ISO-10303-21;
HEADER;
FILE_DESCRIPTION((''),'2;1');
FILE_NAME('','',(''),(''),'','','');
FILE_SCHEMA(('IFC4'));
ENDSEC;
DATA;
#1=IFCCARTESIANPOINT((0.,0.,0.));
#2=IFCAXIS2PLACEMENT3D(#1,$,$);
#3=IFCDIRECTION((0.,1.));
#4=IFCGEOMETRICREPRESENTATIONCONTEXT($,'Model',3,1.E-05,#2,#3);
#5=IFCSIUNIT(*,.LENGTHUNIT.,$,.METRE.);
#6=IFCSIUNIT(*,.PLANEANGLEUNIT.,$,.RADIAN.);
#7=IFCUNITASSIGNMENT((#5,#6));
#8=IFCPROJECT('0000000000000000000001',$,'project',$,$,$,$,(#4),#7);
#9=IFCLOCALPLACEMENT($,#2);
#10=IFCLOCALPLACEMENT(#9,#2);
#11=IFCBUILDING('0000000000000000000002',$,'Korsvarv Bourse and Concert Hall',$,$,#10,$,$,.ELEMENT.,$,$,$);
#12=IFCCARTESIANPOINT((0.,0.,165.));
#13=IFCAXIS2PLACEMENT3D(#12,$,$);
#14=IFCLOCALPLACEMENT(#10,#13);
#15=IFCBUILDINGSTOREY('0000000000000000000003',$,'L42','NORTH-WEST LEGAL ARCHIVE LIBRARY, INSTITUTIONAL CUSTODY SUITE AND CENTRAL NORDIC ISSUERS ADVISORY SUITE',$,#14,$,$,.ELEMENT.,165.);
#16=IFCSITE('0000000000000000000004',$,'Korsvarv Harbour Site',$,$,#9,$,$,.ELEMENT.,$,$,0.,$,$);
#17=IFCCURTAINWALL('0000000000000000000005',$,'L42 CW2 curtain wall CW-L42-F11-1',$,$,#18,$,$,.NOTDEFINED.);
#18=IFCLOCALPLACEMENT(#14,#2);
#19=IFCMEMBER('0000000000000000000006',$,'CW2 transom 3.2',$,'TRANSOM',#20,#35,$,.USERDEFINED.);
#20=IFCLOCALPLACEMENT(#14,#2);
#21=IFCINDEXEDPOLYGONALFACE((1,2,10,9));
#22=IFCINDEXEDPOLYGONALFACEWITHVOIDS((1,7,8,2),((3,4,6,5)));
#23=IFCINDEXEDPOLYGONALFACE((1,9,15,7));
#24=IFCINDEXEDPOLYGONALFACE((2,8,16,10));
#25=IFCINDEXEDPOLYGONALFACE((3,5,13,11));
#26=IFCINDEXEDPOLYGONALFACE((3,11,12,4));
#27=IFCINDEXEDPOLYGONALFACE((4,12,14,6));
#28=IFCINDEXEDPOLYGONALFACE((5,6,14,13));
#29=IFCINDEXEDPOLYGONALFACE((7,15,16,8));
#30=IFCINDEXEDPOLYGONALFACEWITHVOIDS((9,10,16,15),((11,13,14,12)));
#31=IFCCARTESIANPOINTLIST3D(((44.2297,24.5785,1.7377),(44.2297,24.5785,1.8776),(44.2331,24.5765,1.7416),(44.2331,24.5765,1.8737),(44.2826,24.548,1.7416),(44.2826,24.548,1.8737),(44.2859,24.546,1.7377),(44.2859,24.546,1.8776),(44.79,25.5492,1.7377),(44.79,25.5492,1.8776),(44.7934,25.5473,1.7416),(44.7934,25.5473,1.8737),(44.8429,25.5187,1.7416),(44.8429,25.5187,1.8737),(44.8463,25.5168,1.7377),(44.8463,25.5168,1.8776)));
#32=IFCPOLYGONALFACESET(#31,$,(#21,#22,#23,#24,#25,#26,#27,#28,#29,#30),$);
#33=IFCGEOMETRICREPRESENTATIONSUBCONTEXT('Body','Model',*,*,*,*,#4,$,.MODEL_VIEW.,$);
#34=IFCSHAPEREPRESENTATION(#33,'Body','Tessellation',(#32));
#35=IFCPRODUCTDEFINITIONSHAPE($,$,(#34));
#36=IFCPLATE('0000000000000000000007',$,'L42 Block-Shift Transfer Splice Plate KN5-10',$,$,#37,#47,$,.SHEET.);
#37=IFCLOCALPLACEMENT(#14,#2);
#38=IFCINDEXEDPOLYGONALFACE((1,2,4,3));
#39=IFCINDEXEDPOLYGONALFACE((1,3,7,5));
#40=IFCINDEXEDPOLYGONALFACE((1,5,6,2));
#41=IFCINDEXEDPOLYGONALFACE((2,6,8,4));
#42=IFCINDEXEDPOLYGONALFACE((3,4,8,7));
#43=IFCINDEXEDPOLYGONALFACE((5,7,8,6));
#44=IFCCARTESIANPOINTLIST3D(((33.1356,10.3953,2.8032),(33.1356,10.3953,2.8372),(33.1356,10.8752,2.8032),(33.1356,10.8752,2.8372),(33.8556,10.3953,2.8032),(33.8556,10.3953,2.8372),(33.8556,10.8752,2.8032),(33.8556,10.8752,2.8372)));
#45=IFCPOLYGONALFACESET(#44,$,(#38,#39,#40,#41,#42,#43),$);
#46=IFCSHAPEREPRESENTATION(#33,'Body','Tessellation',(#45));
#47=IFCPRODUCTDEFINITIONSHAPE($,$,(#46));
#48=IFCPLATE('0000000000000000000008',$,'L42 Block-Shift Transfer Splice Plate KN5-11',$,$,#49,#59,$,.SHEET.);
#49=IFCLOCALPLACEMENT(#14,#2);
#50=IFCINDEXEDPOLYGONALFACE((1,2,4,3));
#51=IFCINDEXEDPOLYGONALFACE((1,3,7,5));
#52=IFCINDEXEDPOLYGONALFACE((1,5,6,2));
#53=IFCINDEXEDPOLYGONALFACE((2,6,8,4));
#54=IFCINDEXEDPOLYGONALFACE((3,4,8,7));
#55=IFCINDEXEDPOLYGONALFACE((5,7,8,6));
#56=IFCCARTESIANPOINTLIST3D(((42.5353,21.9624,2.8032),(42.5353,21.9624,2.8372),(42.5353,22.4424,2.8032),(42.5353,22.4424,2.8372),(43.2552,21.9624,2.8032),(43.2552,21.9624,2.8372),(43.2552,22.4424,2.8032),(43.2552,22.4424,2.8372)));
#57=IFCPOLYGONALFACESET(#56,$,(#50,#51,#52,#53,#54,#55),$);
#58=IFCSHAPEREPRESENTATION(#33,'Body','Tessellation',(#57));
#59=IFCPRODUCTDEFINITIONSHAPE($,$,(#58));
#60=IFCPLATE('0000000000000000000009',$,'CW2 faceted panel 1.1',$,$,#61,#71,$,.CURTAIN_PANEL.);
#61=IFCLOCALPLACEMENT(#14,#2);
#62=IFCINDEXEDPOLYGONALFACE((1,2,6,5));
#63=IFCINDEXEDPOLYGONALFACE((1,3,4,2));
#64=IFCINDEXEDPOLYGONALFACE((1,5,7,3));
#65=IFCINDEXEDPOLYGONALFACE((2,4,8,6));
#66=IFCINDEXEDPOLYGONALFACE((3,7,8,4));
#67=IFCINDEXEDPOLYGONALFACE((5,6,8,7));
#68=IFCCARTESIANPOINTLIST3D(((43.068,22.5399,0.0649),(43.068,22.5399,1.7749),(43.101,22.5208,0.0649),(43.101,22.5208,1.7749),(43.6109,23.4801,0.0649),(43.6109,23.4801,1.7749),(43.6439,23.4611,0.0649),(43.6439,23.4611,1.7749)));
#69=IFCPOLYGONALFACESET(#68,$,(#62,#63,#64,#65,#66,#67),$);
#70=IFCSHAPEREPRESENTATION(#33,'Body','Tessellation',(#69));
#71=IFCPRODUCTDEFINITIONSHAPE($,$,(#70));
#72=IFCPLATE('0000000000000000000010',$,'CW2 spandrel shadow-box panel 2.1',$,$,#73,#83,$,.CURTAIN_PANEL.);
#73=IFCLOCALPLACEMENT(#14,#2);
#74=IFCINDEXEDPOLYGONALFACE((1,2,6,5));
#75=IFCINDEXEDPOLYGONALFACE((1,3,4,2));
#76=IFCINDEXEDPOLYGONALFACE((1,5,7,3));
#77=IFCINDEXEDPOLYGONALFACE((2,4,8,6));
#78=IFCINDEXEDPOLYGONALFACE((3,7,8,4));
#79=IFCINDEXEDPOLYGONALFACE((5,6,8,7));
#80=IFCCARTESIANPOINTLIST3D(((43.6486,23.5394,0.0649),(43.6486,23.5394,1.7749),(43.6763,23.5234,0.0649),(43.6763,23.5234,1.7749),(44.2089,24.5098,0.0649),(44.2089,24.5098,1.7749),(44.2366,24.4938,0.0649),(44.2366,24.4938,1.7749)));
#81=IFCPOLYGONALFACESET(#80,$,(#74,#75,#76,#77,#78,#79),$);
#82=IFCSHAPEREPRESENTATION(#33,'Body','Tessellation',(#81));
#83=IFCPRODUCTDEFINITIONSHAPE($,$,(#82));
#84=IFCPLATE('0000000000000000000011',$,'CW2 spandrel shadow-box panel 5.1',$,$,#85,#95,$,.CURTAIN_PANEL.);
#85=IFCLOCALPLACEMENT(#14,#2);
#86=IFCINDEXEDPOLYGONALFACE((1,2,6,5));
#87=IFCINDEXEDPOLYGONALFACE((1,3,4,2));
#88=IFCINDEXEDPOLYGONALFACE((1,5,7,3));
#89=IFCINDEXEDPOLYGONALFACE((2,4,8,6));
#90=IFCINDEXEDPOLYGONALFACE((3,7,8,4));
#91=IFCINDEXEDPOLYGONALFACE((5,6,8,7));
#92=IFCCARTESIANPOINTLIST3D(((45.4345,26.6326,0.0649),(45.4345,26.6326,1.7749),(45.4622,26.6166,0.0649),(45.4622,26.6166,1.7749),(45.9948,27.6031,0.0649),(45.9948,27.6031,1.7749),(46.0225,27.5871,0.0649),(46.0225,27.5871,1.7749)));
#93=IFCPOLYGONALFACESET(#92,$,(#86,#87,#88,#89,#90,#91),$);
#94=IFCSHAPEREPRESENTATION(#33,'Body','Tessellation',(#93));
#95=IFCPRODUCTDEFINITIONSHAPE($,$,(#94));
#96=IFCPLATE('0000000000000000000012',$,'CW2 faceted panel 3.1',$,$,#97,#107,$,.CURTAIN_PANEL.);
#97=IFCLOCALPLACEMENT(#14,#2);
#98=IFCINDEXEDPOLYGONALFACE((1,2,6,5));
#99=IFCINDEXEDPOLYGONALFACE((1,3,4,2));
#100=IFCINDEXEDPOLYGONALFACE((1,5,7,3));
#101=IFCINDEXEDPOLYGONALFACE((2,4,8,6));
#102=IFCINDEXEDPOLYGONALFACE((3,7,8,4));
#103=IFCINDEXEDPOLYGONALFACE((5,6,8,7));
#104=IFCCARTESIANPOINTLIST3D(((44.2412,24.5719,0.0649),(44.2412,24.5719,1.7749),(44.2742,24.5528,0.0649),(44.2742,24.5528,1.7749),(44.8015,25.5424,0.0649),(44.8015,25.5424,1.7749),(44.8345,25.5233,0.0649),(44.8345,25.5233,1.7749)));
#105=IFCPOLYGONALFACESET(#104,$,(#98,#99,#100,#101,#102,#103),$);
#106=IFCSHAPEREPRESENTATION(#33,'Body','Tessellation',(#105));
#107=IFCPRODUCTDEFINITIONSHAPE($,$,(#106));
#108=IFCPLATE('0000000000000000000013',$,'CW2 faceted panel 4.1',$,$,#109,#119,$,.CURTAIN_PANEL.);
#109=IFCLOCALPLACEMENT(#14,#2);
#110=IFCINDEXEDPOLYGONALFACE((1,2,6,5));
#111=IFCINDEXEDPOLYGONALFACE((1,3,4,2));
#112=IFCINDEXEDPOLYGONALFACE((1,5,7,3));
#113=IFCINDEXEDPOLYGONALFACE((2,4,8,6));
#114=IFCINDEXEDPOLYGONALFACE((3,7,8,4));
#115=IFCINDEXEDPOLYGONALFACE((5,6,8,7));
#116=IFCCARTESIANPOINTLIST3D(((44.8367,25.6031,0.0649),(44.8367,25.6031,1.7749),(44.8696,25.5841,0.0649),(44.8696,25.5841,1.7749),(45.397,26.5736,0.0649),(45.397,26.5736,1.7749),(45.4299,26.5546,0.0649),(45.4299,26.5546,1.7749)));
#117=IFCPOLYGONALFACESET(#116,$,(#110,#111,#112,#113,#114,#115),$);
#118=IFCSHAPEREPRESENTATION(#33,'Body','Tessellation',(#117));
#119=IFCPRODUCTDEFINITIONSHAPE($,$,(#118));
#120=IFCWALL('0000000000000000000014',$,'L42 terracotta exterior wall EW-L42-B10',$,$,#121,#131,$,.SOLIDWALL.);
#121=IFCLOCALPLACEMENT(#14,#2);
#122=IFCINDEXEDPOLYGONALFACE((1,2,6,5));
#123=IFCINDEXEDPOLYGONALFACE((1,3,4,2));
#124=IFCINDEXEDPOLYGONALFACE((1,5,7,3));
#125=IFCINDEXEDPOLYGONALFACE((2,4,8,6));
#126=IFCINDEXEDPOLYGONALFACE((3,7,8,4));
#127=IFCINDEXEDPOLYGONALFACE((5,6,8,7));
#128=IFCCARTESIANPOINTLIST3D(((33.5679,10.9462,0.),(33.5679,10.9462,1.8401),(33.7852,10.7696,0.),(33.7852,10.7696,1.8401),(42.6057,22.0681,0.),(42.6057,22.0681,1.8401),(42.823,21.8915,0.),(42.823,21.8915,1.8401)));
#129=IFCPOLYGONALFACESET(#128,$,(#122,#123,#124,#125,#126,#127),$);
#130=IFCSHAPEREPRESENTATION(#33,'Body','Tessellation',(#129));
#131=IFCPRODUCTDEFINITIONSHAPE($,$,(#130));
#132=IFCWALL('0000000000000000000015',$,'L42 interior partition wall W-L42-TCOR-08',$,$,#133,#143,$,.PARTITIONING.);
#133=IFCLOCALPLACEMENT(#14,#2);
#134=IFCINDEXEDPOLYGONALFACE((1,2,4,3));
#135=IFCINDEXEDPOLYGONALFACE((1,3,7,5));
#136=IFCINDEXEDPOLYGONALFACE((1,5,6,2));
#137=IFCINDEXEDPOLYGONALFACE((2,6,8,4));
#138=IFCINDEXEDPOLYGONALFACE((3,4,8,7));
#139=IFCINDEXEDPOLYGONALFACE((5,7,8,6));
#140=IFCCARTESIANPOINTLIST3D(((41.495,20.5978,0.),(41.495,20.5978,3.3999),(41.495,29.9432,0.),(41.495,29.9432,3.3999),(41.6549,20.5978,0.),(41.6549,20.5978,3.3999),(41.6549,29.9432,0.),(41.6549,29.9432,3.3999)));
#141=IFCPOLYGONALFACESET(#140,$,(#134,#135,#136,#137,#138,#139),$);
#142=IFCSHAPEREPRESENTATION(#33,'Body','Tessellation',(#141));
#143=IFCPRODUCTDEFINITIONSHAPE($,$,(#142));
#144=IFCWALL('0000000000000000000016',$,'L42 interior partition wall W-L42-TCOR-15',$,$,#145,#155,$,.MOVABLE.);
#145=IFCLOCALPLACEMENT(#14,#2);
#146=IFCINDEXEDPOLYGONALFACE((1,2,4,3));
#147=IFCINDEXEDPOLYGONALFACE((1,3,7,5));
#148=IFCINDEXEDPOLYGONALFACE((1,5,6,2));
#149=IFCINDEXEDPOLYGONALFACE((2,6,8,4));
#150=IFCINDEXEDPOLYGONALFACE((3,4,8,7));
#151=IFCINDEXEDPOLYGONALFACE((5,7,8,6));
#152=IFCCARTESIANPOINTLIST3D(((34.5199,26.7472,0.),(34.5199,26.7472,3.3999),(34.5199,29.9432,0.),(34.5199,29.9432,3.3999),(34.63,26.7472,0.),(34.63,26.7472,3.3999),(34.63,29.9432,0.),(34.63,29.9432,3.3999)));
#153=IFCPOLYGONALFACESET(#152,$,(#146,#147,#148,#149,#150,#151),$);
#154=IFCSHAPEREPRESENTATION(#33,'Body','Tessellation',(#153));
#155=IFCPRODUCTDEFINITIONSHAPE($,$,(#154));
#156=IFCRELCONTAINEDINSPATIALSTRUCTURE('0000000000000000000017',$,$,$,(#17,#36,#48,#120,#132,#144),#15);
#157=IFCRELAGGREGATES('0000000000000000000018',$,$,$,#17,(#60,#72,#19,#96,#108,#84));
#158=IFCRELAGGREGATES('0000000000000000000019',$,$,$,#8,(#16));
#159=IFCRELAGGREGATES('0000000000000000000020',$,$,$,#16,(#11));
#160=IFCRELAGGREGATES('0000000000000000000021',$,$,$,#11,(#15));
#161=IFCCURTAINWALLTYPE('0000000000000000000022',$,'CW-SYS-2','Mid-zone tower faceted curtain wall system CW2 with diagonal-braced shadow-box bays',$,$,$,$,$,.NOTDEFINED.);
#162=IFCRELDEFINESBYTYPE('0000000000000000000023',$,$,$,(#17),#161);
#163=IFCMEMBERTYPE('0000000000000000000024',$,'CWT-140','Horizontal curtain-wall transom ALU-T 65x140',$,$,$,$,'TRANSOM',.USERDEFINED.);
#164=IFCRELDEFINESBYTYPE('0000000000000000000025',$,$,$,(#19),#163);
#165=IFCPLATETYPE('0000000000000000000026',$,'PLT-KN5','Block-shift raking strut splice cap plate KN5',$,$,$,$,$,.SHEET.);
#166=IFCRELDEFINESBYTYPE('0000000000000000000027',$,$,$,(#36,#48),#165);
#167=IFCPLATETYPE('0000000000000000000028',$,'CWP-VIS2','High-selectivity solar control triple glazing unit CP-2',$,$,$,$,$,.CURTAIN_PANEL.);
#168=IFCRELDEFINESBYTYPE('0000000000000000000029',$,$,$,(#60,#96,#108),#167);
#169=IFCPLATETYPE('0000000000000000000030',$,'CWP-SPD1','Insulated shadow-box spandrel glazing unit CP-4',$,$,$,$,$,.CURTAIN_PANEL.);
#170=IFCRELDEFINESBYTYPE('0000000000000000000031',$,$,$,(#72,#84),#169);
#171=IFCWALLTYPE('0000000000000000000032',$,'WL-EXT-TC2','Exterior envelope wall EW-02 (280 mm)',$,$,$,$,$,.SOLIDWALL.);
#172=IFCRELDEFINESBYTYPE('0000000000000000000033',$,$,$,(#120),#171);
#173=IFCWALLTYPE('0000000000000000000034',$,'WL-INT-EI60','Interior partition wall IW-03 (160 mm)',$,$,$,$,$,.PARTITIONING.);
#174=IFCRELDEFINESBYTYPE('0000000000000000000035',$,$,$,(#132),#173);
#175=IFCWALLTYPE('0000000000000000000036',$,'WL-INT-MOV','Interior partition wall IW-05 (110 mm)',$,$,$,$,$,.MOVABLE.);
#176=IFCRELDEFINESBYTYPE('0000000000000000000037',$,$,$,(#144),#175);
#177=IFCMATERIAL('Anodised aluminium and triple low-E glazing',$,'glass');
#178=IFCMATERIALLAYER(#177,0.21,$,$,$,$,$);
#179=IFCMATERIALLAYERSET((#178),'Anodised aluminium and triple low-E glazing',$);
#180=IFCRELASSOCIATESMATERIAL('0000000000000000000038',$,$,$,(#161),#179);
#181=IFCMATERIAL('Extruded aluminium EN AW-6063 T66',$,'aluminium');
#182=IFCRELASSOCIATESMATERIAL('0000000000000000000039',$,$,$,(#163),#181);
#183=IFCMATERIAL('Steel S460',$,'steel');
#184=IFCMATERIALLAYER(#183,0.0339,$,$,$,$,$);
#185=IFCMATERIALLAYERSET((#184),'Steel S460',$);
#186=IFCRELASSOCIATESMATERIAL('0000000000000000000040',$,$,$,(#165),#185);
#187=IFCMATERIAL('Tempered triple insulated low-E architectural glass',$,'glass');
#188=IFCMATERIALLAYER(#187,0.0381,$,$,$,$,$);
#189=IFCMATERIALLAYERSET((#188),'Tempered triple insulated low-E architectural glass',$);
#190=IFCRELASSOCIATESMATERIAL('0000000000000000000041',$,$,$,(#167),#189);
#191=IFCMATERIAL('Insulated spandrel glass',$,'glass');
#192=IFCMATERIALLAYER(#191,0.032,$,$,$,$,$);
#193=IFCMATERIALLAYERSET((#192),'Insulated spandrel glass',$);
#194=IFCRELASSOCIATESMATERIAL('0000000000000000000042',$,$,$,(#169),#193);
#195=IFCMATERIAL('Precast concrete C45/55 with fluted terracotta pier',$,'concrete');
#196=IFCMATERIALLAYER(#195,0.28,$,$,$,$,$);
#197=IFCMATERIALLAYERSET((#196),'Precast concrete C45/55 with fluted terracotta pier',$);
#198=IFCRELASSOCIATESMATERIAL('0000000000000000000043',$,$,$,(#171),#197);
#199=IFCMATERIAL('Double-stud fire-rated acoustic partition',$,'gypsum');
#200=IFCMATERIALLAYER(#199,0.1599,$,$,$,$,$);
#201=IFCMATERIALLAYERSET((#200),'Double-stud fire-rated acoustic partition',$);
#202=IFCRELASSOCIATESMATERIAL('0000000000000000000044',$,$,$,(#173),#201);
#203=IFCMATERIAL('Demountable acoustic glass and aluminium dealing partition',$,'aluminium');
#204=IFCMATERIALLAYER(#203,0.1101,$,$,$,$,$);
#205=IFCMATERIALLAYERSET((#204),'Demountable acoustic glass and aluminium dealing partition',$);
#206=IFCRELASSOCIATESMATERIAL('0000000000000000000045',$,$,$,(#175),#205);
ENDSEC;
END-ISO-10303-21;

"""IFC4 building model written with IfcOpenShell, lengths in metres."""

from ifc_helpers import new_model, si_unit, direction, frame, frame_2d, origin, origin_2d, place, context, subcontext, project, spatial, rectangle, hollow_rectangle, extrude, source, transform, mapped, material, layer, layer_set, material_profile, profile_set, type_object, element, aggregate, save


model = new_model("IFC4")

# Units and contexts
model_context = context("Model", 3, precision=1e-05, world=origin(), true_north=direction((0.0, 1.0)))
body_context = subcontext(model_context, "Body", "Model", "MODEL_VIEW")
ifc_project = project(units=[si_unit("LENGTHUNIT", "METRE"), si_unit("PLANEANGLEUNIT", "RADIAN")], contexts=[model_context])

# Site, building, storey
site_placement = place(None, origin())
site = spatial("IfcSite", under=ifc_project, at=site_placement, Name="Korsvarv Harbour Site", CompositionType="ELEMENT", RefElevation=0.0)
building_placement = place(site_placement, origin())
building = spatial("IfcBuilding", under=site, at=building_placement, Name="Korsvarv Bourse and Concert Hall", CompositionType="ELEMENT")
storey_placement = place(building_placement, frame((0.0, 0.0, 165.0)))
storey = spatial("IfcBuildingStorey", under=building, at=storey_placement, Name="L42", Description="NORTH-WEST LEGAL ARCHIVE LIBRARY, INSTITUTIONAL CUSTODY SUITE AND CENTRAL NORDIC ISSUERS ADVISORY SUITE", CompositionType="ELEMENT", Elevation=165.0)

# Curtain wall, member
ifc_material_1 = material(Name="Anodised aluminium and triple low-E glazing", Category="glass")
ifc_layer_1 = layer(ifc_material_1, 0.21)
ifc_layer_set_1 = layer_set([ifc_layer_1], Name="Anodised aluminium and triple low-E glazing")
curtain_wall_type = type_object("IfcCurtainWallType", Name="CW-SYS-2", Description="Mid-zone tower faceted curtain wall system CW2 with diagonal-braced shadow-box bays", PredefinedType="NOTDEFINED", material=ifc_layer_set_1)
curtain_wall_placement = place(storey_placement, origin())
curtain_wall = element("IfcCurtainWall", 1, at=curtain_wall_placement, inside=storey, type_object=curtain_wall_type, Name="L42 CW2 curtain wall CW-L42-F11-1", PredefinedType="NOTDEFINED")
ifc_material_2 = material(Name="Extruded aluminium EN AW-6063 T66", Category="aluminium")
ifc_material_profile_1 = material_profile(ifc_material_2, hollow_rectangle(XDim=0.0649, YDim=0.1399, WallThickness=0.0039, at=origin_2d()), Name="ALU-T 65x140")
ifc_profile_set_1 = profile_set([ifc_material_profile_1], Name="Extruded aluminium EN AW-6063 T66")
member_type_1 = type_object("IfcMemberType", Name="CWT-140", Description="Horizontal curtain-wall transom ALU-T 65x140", ElementType="TRANSOM", PredefinedType="USERDEFINED", material=ifc_profile_set_1)
shared_shape_1 = source(origin(), body_context, "Body", "SweptSolid", [
    extrude(hollow_rectangle(XDim=0.0649, YDim=0.1399, WallThickness=0.0039, at=origin_2d()), origin(), (0.0, 0.0, 1.0), 1.1208),
])
member_1_placement = place(storey_placement, frame((44.2578, 24.5623, 1.8076), z_axis=(0.499911, 0.866077, 0.0), x_axis=(-0.866077, 0.499911, 0.0)))
member_1 = element("IfcMember", 2, at=member_1_placement, type_object=member_type_1, Name="CW2 transom 3.2", ObjectType="TRANSOM", PredefinedType="USERDEFINED", context=body_context, shape_type="MappedRepresentation", body=[
    mapped(shared_shape_1, transform((0.0, 0.0, 0.0), scale=1.0)),
])

# Plates
ifc_material_3 = material(Name="Steel S460", Category="steel")
ifc_layer_2 = layer(ifc_material_3, 0.0339)
ifc_layer_set_2 = layer_set([ifc_layer_2], Name="Steel S460")
plate_type_1 = type_object("IfcPlateType", Name="PLT-KN5", Description="Block-shift raking strut splice cap plate KN5", PredefinedType="SHEET", material=ifc_layer_set_2)
shared_shape_2 = source(origin(), body_context, "Body", "SweptSolid", [
    extrude(rectangle(XDim=0.72, YDim=0.48, at=origin_2d()), origin(), (0.0, 0.0, 1.0), 0.0339),
])
for number, where, z_axis, x_axis, name in (
    (3, (33.4956, 10.6353, 2.8032), (0.0, 0.0, 1.0), (1.0, 0.0, 0.0), "L42 Block-Shift Transfer Splice Plate KN5-10"),
    (4, (42.8953, 22.2024, 2.8032), (0.0, 0.0, 1.0), (1.0, 0.0, 0.0), "L42 Block-Shift Transfer Splice Plate KN5-11"),
):
    element("IfcPlate", number, at=place(storey_placement, frame(where, z_axis=z_axis, x_axis=x_axis)), inside=storey, type_object=plate_type_1, Name=name, PredefinedType="SHEET", context=body_context, shape_type="MappedRepresentation", body=[
        mapped(shared_shape_2, transform((0.0, 0.0, 0.0), scale=1.0)),
    ])

# Plates
ifc_material_4 = material(Name="Tempered triple insulated low-E architectural glass", Category="glass")
ifc_layer_3 = layer(ifc_material_4, 0.0381)
ifc_layer_set_3 = layer_set([ifc_layer_3], Name="Tempered triple insulated low-E architectural glass")
plate_type_2 = type_object("IfcPlateType", Name="CWP-VIS2", Description="High-selectivity solar control triple glazing unit CP-2", PredefinedType="CURTAIN_PANEL", material=ifc_layer_set_3)
shared_shape_3 = source(origin(), body_context, "Body", "SweptSolid", [
    extrude(rectangle(XDim=1.0857, YDim=0.0381, at=origin_2d()), origin(), (0.0, 0.0, 1.0), 1.71),
])
plate_1_placement = place(storey_placement, frame((43.356, 23.0005, 0.0649), z_axis=(0.0, 0.0, 1.0), x_axis=(0.499998, 0.866026, 0.0)))
plate_1 = element("IfcPlate", 5, at=plate_1_placement, type_object=plate_type_2, Name="CW2 faceted panel 1.1", PredefinedType="CURTAIN_PANEL", context=body_context, shape_type="MappedRepresentation", body=[
    mapped(shared_shape_3, transform((0.0, 0.0, 0.0), scale=1.0)),
])
ifc_material_5 = material(Name="Insulated spandrel glass", Category="glass")
ifc_layer_4 = layer(ifc_material_5, 0.032)
ifc_layer_set_4 = layer_set([ifc_layer_4], Name="Insulated spandrel glass")
plate_type_3 = type_object("IfcPlateType", Name="CWP-SPD1", Description="Insulated shadow-box spandrel glazing unit CP-4", PredefinedType="CURTAIN_PANEL", material=ifc_layer_set_4)
shared_shape_4 = source(origin(), body_context, "Body", "SweptSolid", [
    extrude(rectangle(XDim=1.1206, YDim=0.032, at=origin_2d()), origin(), (0.0, 0.0, 1.0), 1.71),
])
plate_2_placement = place(storey_placement, frame((43.9426, 24.0166, 0.0649), z_axis=(0.0, 0.0, 1.0), x_axis=(0.499998, 0.866026, 0.0)))
plate_2 = element("IfcPlate", 6, at=plate_2_placement, type_object=plate_type_3, Name="CW2 spandrel shadow-box panel 2.1", PredefinedType="CURTAIN_PANEL", context=body_context, shape_type="MappedRepresentation", body=[
    mapped(shared_shape_4, transform((0.0, 0.0, 0.0), scale=1.0)),
])
plate_3_placement = place(storey_placement, frame((45.7285, 27.1099, 0.0649), z_axis=(0.0, 0.0, 1.0), x_axis=(0.499998, 0.866026, 0.0)))
plate_3 = element("IfcPlate", 7, at=plate_3_placement, type_object=plate_type_3, Name="CW2 spandrel shadow-box panel 5.1", PredefinedType="CURTAIN_PANEL", context=body_context, shape_type="MappedRepresentation", body=[
    mapped(shared_shape_4, transform((0.0, 0.0, 0.0), scale=1.0)),
])
shared_shape_5 = source(origin(), body_context, "Body", "SweptSolid", [
    extrude(rectangle(XDim=1.1206, YDim=0.0381, at=origin_2d()), origin(), (0.0, 0.0, 1.0), 1.71),
])
plate_4_placement = place(storey_placement, frame((44.5378, 25.0476, 0.0649), z_axis=(0.0, 0.0, 1.0), x_axis=(0.499998, 0.866026, 0.0)))
plate_4 = element("IfcPlate", 8, at=plate_4_placement, type_object=plate_type_2, Name="CW2 faceted panel 3.1", PredefinedType="CURTAIN_PANEL", context=body_context, shape_type="MappedRepresentation", body=[
    mapped(shared_shape_5, transform((0.0, 0.0, 0.0), scale=1.0)),
])
plate_5_placement = place(storey_placement, frame((45.1333, 26.0789, 0.0649), z_axis=(0.0, 0.0, 1.0), x_axis=(0.499998, 0.866026, 0.0)))
plate_5 = element("IfcPlate", 9, at=plate_5_placement, type_object=plate_type_2, Name="CW2 faceted panel 4.1", PredefinedType="CURTAIN_PANEL", context=body_context, shape_type="MappedRepresentation", body=[
    mapped(shared_shape_5, transform((0.0, 0.0, 0.0), scale=1.0)),
])
aggregate(curtain_wall, [plate_1, plate_2, member_1, plate_4, plate_5, plate_3])

# Walls
ifc_material_6 = material(Name="Precast concrete C45/55 with fluted terracotta pier", Category="concrete")
ifc_layer_5 = layer(ifc_material_6, 0.28)
ifc_layer_set_5 = layer_set([ifc_layer_5], Name="Precast concrete C45/55 with fluted terracotta pier")
wall_type_1 = type_object("IfcWallType", Name="WL-EXT-TC2", Description="Exterior envelope wall EW-02 (280 mm)", PredefinedType="SOLIDWALL", material=ifc_layer_set_5)
wall_1_placement = place(storey_placement, frame((33.6765, 10.8579, 0.0), z_axis=(0.0, 0.0, 1.0), x_axis=(0.63065, 0.776068, 0.0)))
element("IfcWall", 10, at=wall_1_placement, inside=storey, type_object=wall_type_1, Name="L42 terracotta exterior wall EW-L42-B10", PredefinedType="SOLIDWALL", context=body_context, shape_type="SweptSolid", body=[
    extrude(rectangle(XDim=14.3311, YDim=0.28, at=frame_2d((7.1655, 0.0))), origin(), (0.0, 0.0, 1.0), 1.8401),
])
ifc_material_7 = material(Name="Double-stud fire-rated acoustic partition", Category="gypsum")
ifc_layer_6 = layer(ifc_material_7, 0.1599)
ifc_layer_set_6 = layer_set([ifc_layer_6], Name="Double-stud fire-rated acoustic partition")
wall_type_2 = type_object("IfcWallType", Name="WL-INT-EI60", Description="Interior partition wall IW-03 (160 mm)", PredefinedType="PARTITIONING", material=ifc_layer_set_6)
wall_2_placement = place(storey_placement, frame((41.575, 20.5977, 0.0), z_axis=(0.0, 0.0, 1.0), x_axis=(0.0, 1.0, 0.0)))
element("IfcWall", 11, at=wall_2_placement, inside=storey, type_object=wall_type_2, Name="L42 interior partition wall W-L42-TCOR-08", PredefinedType="PARTITIONING", context=body_context, shape_type="SweptSolid", body=[
    extrude(rectangle(XDim=9.3455, YDim=0.1599, at=frame_2d((4.6729, 0.0))), origin(), (0.0, 0.0, 1.0), 3.3999),
])
ifc_material_8 = material(Name="Demountable acoustic glass and aluminium dealing partition", Category="aluminium")
ifc_layer_7 = layer(ifc_material_8, 0.1101)
ifc_layer_set_7 = layer_set([ifc_layer_7], Name="Demountable acoustic glass and aluminium dealing partition")
wall_type_3 = type_object("IfcWallType", Name="WL-INT-MOV", Description="Interior partition wall IW-05 (110 mm)", PredefinedType="MOVABLE", material=ifc_layer_set_7)
wall_3_placement = place(storey_placement, frame((34.575, 26.7471, 0.0), z_axis=(0.0, 0.0, 1.0), x_axis=(0.0, 1.0, 0.0)))
element("IfcWall", 12, at=wall_3_placement, inside=storey, type_object=wall_type_3, Name="L42 interior partition wall W-L42-TCOR-15", PredefinedType="MOVABLE", context=body_context, shape_type="SweptSolid", body=[
    extrude(rectangle(XDim=3.196, YDim=0.1101, at=frame_2d((1.5981, 0.0))), origin(), (0.0, 0.0, 1.0), 3.3999),
])

save(model, "model.ifc")
